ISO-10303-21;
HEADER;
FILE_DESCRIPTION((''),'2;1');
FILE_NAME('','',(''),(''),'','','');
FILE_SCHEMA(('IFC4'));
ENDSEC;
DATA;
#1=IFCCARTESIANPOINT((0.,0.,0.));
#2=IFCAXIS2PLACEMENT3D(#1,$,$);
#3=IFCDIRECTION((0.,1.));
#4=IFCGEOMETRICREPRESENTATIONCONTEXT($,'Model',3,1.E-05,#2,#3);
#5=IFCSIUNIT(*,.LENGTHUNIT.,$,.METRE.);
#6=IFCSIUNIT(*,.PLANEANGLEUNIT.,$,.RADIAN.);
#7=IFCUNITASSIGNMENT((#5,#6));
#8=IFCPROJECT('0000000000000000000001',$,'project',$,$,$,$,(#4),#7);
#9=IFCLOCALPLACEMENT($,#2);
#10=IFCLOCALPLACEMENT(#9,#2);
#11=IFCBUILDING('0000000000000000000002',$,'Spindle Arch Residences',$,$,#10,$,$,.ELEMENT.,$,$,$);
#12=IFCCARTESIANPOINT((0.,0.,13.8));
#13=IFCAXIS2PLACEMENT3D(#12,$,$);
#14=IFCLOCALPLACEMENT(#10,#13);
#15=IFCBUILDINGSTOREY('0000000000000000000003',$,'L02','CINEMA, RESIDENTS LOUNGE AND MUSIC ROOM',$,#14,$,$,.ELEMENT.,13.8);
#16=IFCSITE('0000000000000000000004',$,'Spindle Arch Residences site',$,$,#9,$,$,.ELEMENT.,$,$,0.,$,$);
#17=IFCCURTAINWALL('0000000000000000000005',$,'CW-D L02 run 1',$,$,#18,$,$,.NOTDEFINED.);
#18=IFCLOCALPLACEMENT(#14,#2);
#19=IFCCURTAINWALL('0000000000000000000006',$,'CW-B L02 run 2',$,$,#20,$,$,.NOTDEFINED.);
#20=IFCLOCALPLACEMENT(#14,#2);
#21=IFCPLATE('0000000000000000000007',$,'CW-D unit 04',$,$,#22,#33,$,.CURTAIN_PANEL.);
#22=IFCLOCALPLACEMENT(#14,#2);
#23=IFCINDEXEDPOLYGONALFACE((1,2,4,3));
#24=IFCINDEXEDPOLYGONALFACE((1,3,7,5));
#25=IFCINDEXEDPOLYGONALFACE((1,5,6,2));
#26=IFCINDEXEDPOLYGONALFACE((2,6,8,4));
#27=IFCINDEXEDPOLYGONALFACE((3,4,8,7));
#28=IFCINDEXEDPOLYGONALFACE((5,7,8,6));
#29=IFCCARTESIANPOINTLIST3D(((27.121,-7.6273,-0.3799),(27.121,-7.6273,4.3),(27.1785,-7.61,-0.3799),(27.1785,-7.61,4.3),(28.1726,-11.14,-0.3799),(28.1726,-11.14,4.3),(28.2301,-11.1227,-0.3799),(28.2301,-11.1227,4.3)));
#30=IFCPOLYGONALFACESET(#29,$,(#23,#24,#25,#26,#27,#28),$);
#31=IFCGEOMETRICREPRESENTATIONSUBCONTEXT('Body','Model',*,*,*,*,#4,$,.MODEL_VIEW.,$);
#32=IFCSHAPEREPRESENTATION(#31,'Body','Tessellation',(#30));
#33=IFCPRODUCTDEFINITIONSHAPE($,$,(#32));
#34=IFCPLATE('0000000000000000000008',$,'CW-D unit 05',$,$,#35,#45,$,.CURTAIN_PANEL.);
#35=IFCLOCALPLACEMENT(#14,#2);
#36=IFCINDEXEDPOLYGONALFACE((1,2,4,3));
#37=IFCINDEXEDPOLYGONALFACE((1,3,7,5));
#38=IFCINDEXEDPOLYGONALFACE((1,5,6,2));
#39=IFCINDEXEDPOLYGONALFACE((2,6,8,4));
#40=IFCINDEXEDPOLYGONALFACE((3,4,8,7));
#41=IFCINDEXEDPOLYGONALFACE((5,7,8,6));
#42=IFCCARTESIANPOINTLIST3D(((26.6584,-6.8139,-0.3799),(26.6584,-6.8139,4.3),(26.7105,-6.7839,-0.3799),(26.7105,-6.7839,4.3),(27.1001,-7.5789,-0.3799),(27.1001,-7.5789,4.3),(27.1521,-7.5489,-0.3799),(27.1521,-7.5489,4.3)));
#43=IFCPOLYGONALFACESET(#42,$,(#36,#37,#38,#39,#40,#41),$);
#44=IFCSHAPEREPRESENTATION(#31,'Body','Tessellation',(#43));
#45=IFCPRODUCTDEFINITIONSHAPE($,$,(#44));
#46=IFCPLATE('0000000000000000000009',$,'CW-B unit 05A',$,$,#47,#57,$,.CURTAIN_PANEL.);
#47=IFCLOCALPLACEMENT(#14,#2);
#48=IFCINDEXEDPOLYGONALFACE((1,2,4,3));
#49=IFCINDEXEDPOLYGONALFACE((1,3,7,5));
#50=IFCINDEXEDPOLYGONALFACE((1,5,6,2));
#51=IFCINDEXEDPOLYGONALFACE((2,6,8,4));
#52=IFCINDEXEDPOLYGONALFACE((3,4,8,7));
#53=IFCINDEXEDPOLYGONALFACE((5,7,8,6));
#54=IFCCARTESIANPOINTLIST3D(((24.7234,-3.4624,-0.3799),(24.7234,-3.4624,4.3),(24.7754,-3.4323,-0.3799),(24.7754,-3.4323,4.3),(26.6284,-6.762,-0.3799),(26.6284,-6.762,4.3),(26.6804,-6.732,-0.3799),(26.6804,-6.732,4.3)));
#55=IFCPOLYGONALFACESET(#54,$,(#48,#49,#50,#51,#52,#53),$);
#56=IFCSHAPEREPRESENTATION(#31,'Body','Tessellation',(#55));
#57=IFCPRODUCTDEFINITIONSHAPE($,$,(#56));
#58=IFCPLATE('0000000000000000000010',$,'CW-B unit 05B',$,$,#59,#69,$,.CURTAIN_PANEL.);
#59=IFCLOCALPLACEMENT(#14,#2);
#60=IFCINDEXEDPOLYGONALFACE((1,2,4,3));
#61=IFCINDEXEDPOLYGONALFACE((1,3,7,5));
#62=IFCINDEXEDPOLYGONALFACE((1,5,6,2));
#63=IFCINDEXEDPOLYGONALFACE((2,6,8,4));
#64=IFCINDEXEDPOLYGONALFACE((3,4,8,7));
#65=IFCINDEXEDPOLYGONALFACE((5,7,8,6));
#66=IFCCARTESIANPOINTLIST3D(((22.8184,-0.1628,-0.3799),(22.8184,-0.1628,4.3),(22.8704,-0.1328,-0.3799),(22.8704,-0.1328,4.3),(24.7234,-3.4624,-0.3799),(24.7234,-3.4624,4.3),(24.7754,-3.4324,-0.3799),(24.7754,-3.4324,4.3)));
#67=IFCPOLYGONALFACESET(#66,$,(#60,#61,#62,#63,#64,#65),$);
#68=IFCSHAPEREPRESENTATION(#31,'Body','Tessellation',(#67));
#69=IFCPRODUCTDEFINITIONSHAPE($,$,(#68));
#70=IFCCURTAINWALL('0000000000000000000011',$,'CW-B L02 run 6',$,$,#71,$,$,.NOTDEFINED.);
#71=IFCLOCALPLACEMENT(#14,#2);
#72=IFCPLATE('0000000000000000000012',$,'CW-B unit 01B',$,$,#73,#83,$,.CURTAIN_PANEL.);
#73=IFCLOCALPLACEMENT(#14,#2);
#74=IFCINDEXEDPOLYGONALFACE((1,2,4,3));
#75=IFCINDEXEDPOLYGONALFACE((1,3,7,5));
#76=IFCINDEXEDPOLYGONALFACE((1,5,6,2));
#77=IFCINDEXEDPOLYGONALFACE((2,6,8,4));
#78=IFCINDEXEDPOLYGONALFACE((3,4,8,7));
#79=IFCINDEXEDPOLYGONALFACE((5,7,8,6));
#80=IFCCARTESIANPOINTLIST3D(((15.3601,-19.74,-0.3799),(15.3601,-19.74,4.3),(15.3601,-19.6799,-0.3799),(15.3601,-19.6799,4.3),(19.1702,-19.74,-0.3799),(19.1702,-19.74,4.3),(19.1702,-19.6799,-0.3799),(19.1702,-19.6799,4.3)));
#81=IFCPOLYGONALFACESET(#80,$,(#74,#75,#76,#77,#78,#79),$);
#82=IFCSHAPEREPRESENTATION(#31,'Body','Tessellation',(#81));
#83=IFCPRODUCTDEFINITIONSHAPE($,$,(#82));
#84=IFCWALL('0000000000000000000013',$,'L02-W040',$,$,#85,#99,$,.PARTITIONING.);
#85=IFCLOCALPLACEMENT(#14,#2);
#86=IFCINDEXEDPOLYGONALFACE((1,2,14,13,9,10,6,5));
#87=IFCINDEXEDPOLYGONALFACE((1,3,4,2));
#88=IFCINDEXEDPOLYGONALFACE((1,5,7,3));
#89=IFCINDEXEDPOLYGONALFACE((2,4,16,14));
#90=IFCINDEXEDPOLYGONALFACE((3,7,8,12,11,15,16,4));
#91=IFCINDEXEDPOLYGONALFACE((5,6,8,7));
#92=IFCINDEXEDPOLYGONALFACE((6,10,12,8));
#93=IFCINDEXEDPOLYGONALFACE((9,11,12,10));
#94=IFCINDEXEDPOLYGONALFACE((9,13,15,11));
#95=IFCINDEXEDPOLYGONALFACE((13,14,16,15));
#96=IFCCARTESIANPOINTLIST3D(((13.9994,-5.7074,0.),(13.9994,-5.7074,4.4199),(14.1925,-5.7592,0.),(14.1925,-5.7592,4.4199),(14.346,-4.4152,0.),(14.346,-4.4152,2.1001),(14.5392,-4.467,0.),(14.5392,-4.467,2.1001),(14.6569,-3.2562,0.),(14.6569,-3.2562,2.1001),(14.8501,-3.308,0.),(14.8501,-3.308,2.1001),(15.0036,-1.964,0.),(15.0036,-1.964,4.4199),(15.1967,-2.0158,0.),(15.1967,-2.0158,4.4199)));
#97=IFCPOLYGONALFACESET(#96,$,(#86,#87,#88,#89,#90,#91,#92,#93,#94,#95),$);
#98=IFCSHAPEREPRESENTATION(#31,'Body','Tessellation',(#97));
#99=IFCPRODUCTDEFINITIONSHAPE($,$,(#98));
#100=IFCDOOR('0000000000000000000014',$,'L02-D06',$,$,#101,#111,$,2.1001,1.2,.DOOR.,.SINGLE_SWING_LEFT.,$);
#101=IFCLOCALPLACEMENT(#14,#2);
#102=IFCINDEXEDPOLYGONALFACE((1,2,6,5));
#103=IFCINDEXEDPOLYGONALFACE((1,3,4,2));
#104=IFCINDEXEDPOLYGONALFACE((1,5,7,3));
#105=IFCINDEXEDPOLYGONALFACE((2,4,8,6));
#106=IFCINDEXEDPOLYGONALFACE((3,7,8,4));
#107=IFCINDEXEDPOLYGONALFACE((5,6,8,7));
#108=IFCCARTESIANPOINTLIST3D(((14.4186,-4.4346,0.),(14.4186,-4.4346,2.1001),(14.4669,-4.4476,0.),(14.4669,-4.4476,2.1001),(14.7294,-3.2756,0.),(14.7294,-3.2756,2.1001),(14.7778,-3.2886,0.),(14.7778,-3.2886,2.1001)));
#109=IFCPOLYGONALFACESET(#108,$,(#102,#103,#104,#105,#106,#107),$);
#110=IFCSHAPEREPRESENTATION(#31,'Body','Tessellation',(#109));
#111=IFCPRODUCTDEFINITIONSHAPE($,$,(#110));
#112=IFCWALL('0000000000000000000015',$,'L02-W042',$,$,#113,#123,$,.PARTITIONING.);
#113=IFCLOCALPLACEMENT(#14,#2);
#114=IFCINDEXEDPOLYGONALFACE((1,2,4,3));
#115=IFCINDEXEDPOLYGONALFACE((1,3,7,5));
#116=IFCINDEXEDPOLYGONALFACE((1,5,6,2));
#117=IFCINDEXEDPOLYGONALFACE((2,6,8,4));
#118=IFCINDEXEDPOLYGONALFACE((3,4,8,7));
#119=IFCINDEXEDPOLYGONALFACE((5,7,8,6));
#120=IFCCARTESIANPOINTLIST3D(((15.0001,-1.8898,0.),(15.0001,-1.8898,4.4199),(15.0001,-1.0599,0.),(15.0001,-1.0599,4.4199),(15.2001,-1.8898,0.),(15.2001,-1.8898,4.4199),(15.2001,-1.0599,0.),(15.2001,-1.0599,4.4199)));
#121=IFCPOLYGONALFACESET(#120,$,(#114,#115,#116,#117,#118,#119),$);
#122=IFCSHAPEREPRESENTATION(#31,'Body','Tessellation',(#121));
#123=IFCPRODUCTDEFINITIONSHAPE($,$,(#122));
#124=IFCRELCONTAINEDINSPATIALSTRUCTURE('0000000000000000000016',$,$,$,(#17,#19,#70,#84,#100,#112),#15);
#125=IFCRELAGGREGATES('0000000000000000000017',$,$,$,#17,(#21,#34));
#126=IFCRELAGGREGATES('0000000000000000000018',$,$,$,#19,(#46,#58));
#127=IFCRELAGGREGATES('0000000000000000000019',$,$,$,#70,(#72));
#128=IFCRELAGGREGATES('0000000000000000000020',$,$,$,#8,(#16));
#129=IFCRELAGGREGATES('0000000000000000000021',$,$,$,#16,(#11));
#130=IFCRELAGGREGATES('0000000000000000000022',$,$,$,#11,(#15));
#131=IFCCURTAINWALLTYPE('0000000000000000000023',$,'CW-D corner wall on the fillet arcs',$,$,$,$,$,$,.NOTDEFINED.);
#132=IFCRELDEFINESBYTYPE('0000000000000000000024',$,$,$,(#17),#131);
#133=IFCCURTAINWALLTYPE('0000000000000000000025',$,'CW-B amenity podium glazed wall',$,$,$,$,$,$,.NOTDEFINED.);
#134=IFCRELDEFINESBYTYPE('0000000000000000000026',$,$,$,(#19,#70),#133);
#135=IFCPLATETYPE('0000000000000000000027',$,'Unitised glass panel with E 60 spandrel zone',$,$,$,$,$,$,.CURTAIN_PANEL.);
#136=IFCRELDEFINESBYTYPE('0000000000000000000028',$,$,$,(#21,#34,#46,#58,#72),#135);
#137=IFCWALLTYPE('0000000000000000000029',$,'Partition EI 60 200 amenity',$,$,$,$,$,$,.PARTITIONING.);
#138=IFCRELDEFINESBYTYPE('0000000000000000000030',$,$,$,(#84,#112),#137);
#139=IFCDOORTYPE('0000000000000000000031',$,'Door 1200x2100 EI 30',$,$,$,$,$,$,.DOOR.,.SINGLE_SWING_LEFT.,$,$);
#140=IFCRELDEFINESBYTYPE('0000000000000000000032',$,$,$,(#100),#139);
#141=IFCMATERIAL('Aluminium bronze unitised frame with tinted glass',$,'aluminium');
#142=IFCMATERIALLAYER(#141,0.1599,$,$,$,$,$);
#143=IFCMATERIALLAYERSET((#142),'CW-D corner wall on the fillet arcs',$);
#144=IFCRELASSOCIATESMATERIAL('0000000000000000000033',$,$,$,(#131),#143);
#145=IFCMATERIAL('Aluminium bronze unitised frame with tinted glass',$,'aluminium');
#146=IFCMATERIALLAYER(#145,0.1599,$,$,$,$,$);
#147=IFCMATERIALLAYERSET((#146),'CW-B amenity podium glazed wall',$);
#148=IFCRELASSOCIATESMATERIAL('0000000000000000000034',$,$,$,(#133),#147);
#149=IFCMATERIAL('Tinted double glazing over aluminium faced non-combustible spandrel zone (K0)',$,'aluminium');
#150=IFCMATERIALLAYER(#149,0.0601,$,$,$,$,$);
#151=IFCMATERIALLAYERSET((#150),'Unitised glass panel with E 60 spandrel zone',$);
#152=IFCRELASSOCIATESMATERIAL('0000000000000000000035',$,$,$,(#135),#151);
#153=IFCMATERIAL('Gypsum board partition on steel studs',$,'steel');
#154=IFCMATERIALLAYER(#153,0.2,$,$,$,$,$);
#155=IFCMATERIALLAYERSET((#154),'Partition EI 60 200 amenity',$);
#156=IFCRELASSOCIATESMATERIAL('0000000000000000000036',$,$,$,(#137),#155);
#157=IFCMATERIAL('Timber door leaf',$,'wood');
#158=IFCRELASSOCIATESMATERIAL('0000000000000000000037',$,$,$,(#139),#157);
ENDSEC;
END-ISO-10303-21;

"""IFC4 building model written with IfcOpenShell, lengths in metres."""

from ifc_helpers import new_model, si_unit, direction, frame, frame_2d, origin, origin_2d, place, context, subcontext, project, spatial, rectangle, extrude, material, layer, layer_set, type_object, element, fill, aggregate, save


model = new_model("IFC4")

# Units and contexts
model_context = context("Model", 3, precision=1e-05, world=origin(), true_north=direction((0.0, 1.0)))
body_context = subcontext(model_context, "Body", "Model", "MODEL_VIEW")
ifc_project = project(units=[si_unit("LENGTHUNIT", "METRE"), si_unit("PLANEANGLEUNIT", "RADIAN")], contexts=[model_context])

# Site, building, storey
site_placement = place(None, origin())
site = spatial("IfcSite", under=ifc_project, at=site_placement, Name="Spindle Arch Residences site", CompositionType="ELEMENT", RefElevation=0.0)
building_placement = place(site_placement, origin())
building = spatial("IfcBuilding", under=site, at=building_placement, Name="Spindle Arch Residences", CompositionType="ELEMENT")
storey_placement = place(building_placement, frame((0.0, 0.0, 13.8)))
storey = spatial("IfcBuildingStorey", under=building, at=storey_placement, Name="L02", Description="CINEMA, RESIDENTS LOUNGE AND MUSIC ROOM", CompositionType="ELEMENT", Elevation=13.8)

# Curtain wall
ifc_material_1 = material(Name="Aluminium bronze unitised frame with tinted glass", Category="aluminium")
ifc_layer_1 = layer(ifc_material_1, 0.1599)
ifc_layer_set_1 = layer_set([ifc_layer_1], Name="CW-D corner wall on the fillet arcs")
curtain_wall_type_1 = type_object("IfcCurtainWallType", Name="CW-D corner wall on the fillet arcs", PredefinedType="NOTDEFINED", material=ifc_layer_set_1)
curtain_wall_1_placement = place(storey_placement, origin())
curtain_wall_1 = element("IfcCurtainWall", 1, at=curtain_wall_1_placement, inside=storey, type_object=curtain_wall_type_1, Name="CW-D L02 run 1", PredefinedType="NOTDEFINED")

# Curtain wall
ifc_material_2 = material(Name="Aluminium bronze unitised frame with tinted glass", Category="aluminium")
ifc_layer_2 = layer(ifc_material_2, 0.1599)
ifc_layer_set_2 = layer_set([ifc_layer_2], Name="CW-B amenity podium glazed wall")
curtain_wall_type_2 = type_object("IfcCurtainWallType", Name="CW-B amenity podium glazed wall", PredefinedType="NOTDEFINED", material=ifc_layer_set_2)
curtain_wall_2_placement = place(storey_placement, origin())
curtain_wall_2 = element("IfcCurtainWall", 2, at=curtain_wall_2_placement, inside=storey, type_object=curtain_wall_type_2, Name="CW-B L02 run 2", PredefinedType="NOTDEFINED")

# Plates
ifc_material_3 = material(Name="Tinted double glazing over aluminium faced non-combustible spandrel zone (K0)", Category="aluminium")
ifc_layer_3 = layer(ifc_material_3, 0.0601)
ifc_layer_set_3 = layer_set([ifc_layer_3], Name="Unitised glass panel with E 60 spandrel zone")
plate_type = type_object("IfcPlateType", Name="Unitised glass panel with E 60 spandrel zone", PredefinedType="CURTAIN_PANEL", material=ifc_layer_set_3)
plate_1_placement = place(storey_placement, frame((27.6755, -9.375, -0.3799), z_axis=(0.0, 0.0, 1.0), x_axis=(-0.286803, 0.95799, 0.0)))
plate_1 = element("IfcPlate", 3, at=plate_1_placement, type_object=plate_type, Name="CW-D unit 04", PredefinedType="CURTAIN_PANEL", context=body_context, shape_type="SweptSolid", body=[
    extrude(rectangle(XDim=3.6667, YDim=0.0601, at=origin_2d()), origin(), (0.0, 0.0, 1.0), 4.6799),
])
plate_2_placement = place(storey_placement, frame((26.9053, -7.1814, -0.3799), z_axis=(0.0, 0.0, 1.0), x_axis=(-0.5, 0.866025, 0.0)))
plate_2 = element("IfcPlate", 4, at=plate_2_placement, type_object=plate_type, Name="CW-D unit 05", PredefinedType="CURTAIN_PANEL", context=body_context, shape_type="SweptSolid", body=[
    extrude(rectangle(XDim=0.8833, YDim=0.0601, at=origin_2d()), origin(), (0.0, 0.0, 1.0), 4.6799),
])
aggregate(curtain_wall_1, [plate_1, plate_2])
plate_3_placement = place(storey_placement, frame((25.7019, -5.0972, -0.3799), z_axis=(0.0, 0.0, 1.0), x_axis=(-0.5, 0.866025, 0.0)))
plate_3 = element("IfcPlate", 5, at=plate_3_placement, type_object=plate_type, Name="CW-B unit 05A", PredefinedType="CURTAIN_PANEL", context=body_context, shape_type="SweptSolid", body=[
    extrude(rectangle(XDim=3.8101, YDim=0.0601, at=origin_2d()), origin(), (0.0, 0.0, 1.0), 4.6799),
])
plate_4_placement = place(storey_placement, frame((23.7969, -1.7976, -0.3799), z_axis=(0.0, 0.0, 1.0), x_axis=(-0.5, 0.866025, 0.0)))
plate_4 = element("IfcPlate", 6, at=plate_4_placement, type_object=plate_type, Name="CW-B unit 05B", PredefinedType="CURTAIN_PANEL", context=body_context, shape_type="SweptSolid", body=[
    extrude(rectangle(XDim=3.8101, YDim=0.0601, at=origin_2d()), origin(), (0.0, 0.0, 1.0), 4.6799),
])
aggregate(curtain_wall_2, [plate_3, plate_4])

# Curtain wall, plate
curtain_wall_3_placement = place(storey_placement, origin())
curtain_wall_3 = element("IfcCurtainWall", 7, at=curtain_wall_3_placement, inside=storey, type_object=curtain_wall_type_2, Name="CW-B L02 run 6", PredefinedType="NOTDEFINED")
plate_5_placement = place(storey_placement, frame((17.2651, -19.71, -0.3799), z_axis=(0.0, 0.0, 1.0), x_axis=(1.0, 0.0, 0.0)))
plate_5 = element("IfcPlate", 8, at=plate_5_placement, type_object=plate_type, Name="CW-B unit 01B", PredefinedType="CURTAIN_PANEL", context=body_context, shape_type="SweptSolid", body=[
    extrude(rectangle(XDim=3.8101, YDim=0.0601, at=origin_2d()), origin(), (0.0, 0.0, 1.0), 4.6799),
])
aggregate(curtain_wall_3, [plate_5])

# Wall, opening, door
ifc_material_4 = material(Name="Gypsum board partition on steel studs", Category="steel")
ifc_layer_4 = layer(ifc_material_4, 0.2)
ifc_layer_set_4 = layer_set([ifc_layer_4], Name="Partition EI 60 200 amenity")
wall_type = type_object("IfcWallType", Name="Partition EI 60 200 amenity", PredefinedType="PARTITIONING", material=ifc_layer_set_4)
wall_1_placement = place(storey_placement, frame((14.0959, -5.7334, 0.0), z_axis=(0.0, 0.0, 1.0), x_axis=(0.259086, 0.965854, 0.0)))
wall_1 = element("IfcWall", 9, at=wall_1_placement, inside=storey, type_object=wall_type, Name="L02-W040", PredefinedType="PARTITIONING", context=body_context, shape_type="SweptSolid", body=[
    extrude(rectangle(XDim=3.8757, YDim=0.2, at=frame_2d((1.938, 0.0))), origin(), (0.0, 0.0, 1.0), 4.4199),
])
opening_placement = place(wall_1_placement, frame((1.3379, 0.0, 0.0)))
opening = element("IfcOpeningElement", 10, at=opening_placement, cuts=wall_1, PredefinedType="OPENING", context=body_context, shape_type="SweptSolid", body=[
    extrude(rectangle(XDim=1.2, YDim=2.1001, at=frame_2d((0.6001, 1.05))), frame((0.0, 0.1099, 0.0), z_axis=(0.0, -1.0, 0.0), x_axis=(1.0, 0.0, 0.0)), (0.0, 0.0, 1.0), 0.22),
])
ifc_material_5 = material(Name="Timber door leaf", Category="wood")
door_type = type_object("IfcDoorType", Name="Door 1200x2100 EI 30", OperationType="SINGLE_SWING_LEFT", PredefinedType="DOOR", material=ifc_material_5)
door_placement = place(opening_placement, origin())
door = element("IfcDoor", 11, at=door_placement, inside=storey, type_object=door_type, Name="L02-D06", OperationType="SINGLE_SWING_LEFT", OverallHeight=2.1001, OverallWidth=1.2, PredefinedType="DOOR", context=body_context, shape_type="SweptSolid", body=[
    extrude(rectangle(XDim=1.2, YDim=2.1001, at=frame_2d((0.6001, 1.05))), frame((0.0, 0.0249, 0.0), z_axis=(0.0, -1.0, 0.0), x_axis=(1.0, 0.0, 0.0)), (0.0, 0.0, 1.0), 0.05),
])
fill(opening, door)

# Wall
wall_2_placement = place(storey_placement, frame((15.1001, -1.8899, 0.0), z_axis=(0.0, 0.0, 1.0), x_axis=(0.0, 1.0, 0.0)))
element("IfcWall", 12, at=wall_2_placement, inside=storey, type_object=wall_type, Name="L02-W042", PredefinedType="PARTITIONING", context=body_context, shape_type="SweptSolid", body=[
    extrude(rectangle(XDim=0.8298, YDim=0.2, at=frame_2d((0.415, 0.0))), origin(), (0.0, 0.0, 1.0), 4.4199),
])

save(model, "model.ifc")
